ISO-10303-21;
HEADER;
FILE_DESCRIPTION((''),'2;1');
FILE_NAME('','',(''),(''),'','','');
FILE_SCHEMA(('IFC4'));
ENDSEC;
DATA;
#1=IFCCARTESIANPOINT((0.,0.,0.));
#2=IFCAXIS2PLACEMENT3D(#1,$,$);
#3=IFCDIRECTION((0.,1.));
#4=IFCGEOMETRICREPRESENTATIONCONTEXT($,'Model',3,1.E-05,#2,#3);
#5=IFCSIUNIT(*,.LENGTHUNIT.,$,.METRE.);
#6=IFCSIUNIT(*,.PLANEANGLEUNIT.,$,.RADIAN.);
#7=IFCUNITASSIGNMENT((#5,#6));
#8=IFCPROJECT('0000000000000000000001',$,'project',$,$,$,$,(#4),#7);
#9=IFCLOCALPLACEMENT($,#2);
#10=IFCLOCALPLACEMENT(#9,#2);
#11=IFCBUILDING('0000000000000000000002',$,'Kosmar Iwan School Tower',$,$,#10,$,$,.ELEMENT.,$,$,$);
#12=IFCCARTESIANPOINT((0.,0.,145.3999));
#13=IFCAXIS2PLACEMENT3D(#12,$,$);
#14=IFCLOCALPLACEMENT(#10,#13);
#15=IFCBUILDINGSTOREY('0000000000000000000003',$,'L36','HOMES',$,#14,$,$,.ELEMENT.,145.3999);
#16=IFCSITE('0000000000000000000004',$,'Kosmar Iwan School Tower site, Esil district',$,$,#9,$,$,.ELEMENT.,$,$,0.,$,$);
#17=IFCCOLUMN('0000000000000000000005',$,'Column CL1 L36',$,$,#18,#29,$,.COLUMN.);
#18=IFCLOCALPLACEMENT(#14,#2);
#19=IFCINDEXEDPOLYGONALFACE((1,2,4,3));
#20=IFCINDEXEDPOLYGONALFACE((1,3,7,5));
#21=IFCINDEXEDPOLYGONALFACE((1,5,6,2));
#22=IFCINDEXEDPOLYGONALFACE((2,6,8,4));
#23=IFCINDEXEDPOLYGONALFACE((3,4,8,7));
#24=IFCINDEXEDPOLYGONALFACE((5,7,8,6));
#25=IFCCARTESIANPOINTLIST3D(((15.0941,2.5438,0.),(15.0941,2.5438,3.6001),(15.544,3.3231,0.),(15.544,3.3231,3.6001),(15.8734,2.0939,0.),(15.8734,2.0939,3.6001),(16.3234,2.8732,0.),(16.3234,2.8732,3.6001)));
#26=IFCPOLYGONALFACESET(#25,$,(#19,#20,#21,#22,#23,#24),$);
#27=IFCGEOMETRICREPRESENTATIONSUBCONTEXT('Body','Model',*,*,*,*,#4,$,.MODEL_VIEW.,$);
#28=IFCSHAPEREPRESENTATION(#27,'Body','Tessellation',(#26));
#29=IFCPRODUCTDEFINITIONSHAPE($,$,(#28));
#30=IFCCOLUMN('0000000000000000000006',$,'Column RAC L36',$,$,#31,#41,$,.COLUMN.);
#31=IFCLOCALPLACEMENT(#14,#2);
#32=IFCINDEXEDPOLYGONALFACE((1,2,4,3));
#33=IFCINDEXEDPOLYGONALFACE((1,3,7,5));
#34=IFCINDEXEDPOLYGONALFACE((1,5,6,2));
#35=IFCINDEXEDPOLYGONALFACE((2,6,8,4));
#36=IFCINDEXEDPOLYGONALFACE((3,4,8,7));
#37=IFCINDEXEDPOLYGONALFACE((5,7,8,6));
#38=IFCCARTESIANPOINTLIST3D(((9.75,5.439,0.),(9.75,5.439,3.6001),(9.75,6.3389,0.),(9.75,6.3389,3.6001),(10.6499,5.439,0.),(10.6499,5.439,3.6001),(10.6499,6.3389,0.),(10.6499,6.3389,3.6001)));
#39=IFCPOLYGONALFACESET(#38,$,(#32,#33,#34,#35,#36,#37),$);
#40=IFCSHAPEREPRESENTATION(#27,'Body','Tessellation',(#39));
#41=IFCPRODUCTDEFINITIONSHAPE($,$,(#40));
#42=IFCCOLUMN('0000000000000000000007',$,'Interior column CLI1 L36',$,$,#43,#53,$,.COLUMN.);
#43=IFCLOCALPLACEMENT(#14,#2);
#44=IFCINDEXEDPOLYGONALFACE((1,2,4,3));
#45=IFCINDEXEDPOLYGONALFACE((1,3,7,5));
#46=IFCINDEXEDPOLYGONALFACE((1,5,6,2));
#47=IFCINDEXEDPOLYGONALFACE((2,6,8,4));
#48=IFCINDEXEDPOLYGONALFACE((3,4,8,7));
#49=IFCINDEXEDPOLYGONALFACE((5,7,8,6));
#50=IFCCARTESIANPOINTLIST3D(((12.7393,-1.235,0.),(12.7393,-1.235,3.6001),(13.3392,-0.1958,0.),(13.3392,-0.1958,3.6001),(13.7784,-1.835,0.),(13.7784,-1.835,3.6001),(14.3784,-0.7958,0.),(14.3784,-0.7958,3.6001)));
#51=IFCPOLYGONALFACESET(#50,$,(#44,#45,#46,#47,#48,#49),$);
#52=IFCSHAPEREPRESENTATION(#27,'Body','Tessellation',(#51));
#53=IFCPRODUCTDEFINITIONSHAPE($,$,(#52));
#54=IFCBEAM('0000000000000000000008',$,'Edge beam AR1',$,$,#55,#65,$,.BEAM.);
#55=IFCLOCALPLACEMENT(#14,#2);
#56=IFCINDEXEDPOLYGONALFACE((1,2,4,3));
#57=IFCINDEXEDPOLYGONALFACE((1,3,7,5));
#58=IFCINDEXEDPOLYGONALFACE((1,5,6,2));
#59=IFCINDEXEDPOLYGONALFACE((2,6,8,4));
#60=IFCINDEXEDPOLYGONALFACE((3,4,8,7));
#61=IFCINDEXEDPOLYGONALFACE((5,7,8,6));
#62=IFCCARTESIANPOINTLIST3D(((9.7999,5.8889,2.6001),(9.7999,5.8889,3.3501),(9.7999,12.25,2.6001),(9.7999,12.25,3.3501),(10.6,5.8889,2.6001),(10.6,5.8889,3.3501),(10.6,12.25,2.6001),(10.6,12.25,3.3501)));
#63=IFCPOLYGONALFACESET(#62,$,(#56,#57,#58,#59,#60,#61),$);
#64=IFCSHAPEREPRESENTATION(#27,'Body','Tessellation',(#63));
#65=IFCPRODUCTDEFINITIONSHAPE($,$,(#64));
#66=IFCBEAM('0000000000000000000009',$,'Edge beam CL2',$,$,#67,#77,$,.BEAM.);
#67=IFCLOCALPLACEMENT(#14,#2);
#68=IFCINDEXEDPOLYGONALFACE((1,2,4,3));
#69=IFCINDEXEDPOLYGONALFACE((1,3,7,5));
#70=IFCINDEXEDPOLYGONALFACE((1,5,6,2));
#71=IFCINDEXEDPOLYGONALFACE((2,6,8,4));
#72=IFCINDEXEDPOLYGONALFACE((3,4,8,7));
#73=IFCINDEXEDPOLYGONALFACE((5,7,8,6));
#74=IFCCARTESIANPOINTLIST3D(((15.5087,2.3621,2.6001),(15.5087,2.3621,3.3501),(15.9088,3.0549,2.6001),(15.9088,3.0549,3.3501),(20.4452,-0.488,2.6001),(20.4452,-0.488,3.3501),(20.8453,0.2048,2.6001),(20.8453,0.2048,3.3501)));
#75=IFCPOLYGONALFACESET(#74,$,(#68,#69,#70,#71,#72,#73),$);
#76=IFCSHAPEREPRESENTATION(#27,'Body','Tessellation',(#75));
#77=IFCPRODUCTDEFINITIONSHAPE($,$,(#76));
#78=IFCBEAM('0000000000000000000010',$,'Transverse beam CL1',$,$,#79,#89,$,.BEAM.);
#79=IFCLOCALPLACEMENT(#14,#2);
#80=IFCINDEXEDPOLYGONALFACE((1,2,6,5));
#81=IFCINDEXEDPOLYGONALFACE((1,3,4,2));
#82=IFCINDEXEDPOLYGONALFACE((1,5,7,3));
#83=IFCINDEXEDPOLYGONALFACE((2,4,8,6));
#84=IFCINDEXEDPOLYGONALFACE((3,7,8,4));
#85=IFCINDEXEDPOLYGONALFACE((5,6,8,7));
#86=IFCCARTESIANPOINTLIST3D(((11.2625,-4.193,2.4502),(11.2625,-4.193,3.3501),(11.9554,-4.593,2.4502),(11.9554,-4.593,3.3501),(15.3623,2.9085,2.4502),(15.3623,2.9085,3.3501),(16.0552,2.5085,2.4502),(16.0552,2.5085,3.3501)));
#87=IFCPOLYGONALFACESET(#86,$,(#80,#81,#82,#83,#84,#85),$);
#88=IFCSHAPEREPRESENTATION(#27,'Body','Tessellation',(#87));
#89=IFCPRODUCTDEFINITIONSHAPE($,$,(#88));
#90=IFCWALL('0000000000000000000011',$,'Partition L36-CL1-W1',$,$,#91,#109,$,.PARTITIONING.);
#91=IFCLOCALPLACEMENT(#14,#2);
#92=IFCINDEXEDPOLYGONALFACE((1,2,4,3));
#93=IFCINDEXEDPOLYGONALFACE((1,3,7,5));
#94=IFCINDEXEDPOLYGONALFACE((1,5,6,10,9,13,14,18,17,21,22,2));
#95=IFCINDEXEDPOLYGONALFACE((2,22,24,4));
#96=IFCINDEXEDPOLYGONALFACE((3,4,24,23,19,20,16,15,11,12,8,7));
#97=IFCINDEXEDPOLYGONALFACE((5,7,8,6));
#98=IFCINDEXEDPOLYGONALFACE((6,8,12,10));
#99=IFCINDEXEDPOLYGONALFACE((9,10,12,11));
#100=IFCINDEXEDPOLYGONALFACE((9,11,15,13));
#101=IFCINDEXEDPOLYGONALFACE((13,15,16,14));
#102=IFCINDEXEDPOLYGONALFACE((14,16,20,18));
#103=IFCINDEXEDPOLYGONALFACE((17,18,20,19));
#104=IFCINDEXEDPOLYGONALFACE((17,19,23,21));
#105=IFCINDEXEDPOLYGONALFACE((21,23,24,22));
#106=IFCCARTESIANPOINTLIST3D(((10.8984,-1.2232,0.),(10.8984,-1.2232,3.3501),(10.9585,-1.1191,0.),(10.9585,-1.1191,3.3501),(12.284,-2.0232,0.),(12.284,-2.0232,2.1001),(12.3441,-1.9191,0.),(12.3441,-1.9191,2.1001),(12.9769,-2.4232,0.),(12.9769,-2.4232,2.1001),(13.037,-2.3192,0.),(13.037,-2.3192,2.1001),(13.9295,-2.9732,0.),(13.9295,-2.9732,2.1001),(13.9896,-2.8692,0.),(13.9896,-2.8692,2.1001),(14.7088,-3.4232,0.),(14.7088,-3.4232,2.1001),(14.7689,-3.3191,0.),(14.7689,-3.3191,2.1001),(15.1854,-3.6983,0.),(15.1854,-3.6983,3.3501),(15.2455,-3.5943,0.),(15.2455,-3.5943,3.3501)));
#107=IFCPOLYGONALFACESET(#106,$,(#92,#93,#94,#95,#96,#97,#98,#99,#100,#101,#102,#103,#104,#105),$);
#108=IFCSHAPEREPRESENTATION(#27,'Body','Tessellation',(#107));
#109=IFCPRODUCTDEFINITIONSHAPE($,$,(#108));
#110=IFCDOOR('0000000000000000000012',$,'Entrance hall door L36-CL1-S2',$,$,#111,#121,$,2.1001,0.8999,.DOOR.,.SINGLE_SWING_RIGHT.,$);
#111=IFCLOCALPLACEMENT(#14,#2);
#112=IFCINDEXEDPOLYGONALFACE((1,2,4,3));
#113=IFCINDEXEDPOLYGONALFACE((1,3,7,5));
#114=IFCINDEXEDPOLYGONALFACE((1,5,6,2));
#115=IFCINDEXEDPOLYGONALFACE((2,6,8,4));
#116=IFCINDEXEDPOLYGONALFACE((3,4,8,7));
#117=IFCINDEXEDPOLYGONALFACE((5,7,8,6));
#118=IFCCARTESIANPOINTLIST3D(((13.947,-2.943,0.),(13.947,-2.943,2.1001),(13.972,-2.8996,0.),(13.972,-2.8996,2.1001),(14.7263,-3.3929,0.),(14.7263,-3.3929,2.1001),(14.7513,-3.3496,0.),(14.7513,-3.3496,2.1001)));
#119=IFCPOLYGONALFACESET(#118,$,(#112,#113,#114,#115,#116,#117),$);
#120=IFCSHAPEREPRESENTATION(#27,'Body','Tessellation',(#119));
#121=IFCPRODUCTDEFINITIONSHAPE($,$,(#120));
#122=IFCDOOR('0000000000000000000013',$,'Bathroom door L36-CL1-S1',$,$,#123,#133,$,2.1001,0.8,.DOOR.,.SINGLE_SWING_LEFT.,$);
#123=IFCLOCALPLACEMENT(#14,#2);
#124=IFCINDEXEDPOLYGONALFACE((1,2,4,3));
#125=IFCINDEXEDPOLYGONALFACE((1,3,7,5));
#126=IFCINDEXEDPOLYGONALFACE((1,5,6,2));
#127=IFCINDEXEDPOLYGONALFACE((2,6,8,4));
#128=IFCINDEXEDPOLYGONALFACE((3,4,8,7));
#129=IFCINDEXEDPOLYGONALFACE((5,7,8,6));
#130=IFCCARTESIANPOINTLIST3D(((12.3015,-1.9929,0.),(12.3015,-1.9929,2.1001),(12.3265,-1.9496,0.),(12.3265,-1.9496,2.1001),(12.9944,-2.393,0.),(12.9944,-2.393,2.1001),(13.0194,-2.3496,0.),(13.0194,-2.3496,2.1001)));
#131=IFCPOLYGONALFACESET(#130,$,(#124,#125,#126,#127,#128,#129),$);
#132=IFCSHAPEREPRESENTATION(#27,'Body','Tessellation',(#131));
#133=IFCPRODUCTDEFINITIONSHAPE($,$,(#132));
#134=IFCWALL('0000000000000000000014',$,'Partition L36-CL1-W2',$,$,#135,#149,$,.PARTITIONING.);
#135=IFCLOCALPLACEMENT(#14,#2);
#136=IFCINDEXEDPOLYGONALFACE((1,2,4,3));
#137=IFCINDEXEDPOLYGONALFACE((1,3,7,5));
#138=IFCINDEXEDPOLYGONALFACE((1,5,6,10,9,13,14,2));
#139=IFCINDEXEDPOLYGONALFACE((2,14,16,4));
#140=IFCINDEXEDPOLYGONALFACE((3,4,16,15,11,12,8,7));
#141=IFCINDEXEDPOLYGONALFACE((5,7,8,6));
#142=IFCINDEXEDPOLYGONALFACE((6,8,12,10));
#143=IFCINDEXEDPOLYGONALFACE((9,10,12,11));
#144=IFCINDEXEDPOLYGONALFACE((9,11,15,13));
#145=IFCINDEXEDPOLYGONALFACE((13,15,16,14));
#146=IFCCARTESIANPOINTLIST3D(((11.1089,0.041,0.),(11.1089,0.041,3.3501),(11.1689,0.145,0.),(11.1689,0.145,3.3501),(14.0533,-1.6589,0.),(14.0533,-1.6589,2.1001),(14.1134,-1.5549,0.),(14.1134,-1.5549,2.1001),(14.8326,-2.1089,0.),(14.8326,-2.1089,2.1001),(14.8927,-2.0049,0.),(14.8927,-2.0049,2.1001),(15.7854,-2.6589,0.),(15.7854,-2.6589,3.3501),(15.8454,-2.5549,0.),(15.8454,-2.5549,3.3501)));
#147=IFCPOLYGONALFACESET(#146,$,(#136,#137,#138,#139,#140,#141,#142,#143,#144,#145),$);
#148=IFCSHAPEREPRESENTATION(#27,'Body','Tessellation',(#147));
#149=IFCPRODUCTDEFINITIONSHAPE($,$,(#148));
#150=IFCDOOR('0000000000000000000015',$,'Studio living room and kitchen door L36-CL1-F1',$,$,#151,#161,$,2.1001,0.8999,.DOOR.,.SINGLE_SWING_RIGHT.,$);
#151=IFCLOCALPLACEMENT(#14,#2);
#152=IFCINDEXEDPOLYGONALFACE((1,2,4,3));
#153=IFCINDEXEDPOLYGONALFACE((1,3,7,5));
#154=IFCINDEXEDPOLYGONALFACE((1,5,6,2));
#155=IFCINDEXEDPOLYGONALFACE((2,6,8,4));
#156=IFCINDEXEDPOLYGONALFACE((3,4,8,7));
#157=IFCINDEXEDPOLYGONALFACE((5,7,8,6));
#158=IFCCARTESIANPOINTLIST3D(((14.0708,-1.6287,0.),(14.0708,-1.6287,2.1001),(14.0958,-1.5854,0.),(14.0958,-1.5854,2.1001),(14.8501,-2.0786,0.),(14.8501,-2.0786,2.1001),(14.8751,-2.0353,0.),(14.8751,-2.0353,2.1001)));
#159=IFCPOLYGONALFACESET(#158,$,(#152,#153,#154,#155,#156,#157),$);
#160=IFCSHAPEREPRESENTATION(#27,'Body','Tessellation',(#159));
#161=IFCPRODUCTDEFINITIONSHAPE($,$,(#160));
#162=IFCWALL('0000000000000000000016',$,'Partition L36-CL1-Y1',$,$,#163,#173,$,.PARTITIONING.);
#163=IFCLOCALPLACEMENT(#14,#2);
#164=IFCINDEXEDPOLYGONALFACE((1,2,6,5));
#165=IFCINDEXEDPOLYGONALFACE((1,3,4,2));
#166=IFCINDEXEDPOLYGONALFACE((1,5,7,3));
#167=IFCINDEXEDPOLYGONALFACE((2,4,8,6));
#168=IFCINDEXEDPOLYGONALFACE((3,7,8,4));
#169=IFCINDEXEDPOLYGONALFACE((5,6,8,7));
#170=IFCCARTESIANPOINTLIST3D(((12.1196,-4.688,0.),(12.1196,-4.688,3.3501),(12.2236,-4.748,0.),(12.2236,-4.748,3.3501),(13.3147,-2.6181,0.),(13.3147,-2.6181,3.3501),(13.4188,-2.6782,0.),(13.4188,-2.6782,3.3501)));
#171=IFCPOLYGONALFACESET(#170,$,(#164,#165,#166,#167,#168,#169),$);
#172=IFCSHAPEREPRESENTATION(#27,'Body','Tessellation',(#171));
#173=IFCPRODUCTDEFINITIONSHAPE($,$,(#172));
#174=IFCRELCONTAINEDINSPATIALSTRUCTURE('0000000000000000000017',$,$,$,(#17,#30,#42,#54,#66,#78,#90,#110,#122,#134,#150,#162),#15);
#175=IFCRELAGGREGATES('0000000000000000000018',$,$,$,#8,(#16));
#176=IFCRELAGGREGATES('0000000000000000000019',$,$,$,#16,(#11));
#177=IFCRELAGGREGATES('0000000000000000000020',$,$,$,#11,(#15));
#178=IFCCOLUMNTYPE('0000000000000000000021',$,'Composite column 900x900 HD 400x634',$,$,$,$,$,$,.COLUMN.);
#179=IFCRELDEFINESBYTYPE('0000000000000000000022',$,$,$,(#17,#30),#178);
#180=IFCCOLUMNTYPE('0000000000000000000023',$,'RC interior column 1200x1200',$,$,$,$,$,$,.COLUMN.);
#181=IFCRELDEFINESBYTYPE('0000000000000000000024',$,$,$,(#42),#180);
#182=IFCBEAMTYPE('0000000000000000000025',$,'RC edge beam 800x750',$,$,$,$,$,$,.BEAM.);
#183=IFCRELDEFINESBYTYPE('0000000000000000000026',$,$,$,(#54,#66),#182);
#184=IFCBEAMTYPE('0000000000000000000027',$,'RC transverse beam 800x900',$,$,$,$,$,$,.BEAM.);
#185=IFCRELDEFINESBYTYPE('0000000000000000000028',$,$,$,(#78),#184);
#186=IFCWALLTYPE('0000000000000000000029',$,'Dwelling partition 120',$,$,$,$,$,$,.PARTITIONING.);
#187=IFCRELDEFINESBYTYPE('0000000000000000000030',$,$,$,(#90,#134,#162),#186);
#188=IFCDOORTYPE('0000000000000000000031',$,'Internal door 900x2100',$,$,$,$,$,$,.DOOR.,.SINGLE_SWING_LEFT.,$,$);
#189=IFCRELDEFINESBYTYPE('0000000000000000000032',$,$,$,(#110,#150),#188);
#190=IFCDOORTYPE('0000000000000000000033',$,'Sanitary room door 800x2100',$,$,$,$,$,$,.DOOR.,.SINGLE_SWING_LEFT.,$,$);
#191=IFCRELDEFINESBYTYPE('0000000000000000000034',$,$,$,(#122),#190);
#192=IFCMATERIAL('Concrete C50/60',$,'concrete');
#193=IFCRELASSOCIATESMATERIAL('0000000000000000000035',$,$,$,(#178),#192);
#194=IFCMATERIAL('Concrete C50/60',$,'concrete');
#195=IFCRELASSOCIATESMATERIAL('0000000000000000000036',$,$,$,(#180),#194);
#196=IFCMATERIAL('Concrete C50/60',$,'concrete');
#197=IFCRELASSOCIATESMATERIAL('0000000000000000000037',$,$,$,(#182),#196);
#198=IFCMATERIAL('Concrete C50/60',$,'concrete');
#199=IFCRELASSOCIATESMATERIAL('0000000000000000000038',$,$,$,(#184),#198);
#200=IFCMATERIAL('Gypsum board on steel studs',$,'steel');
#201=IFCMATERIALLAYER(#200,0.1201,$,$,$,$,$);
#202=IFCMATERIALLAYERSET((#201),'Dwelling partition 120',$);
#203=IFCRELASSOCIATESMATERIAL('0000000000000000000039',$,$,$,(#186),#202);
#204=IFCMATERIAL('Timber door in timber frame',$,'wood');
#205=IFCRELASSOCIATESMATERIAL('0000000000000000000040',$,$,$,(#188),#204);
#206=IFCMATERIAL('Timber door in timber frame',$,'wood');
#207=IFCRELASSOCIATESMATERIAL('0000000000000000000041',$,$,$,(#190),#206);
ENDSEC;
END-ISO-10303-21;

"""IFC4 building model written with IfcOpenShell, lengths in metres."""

from ifc_helpers import new_model, si_unit, direction, frame, frame_2d, origin, origin_2d, place, context, subcontext, project, spatial, rectangle, extrude, material, layer, layer_set, material_profile, profile_set, type_object, element, fill, save


model = new_model("IFC4")

# Units and contexts
model_context = context("Model", 3, precision=1e-05, world=origin(), true_north=direction((0.0, 1.0)))
body_context = subcontext(model_context, "Body", "Model", "MODEL_VIEW")
ifc_project = project(units=[si_unit("LENGTHUNIT", "METRE"), si_unit("PLANEANGLEUNIT", "RADIAN")], contexts=[model_context])

# Site, building, storey
site_placement = place(None, origin())
site = spatial("IfcSite", under=ifc_project, at=site_placement, Name="Kosmar Iwan School Tower site, Esil district", CompositionType="ELEMENT", RefElevation=0.0)
building_placement = place(site_placement, origin())
building = spatial("IfcBuilding", under=site, at=building_placement, Name="Kosmar Iwan School Tower", CompositionType="ELEMENT")
storey_placement = place(building_placement, frame((0.0, 0.0, 145.3999)))
storey = spatial("IfcBuildingStorey", under=building, at=storey_placement, Name="L36", Description="HOMES", CompositionType="ELEMENT", Elevation=145.3999)

# Columns
ifc_material_1 = material(Name="Concrete C50/60", Category="concrete")
ifc_material_profile_1 = material_profile(ifc_material_1, rectangle(XDim=0.8999, YDim=0.8999, at=origin_2d()), Name="RC 900x900 + HD 400x634")
ifc_profile_set_1 = profile_set([ifc_material_profile_1], Name="Concrete C50/60")
column_type_1 = type_object("IfcColumnType", Name="Composite column 900x900 HD 400x634", PredefinedType="COLUMN", material=ifc_profile_set_1)
for number, where, z_axis, x_axis, name in (
    (1, (15.7087, 2.7085, 0.0), (0.0, 0.0, 1.0), (0.866025, -0.5, 0.0), "Column CL1 L36"),
    (2, (10.2, 5.8889, 0.0), (0.0, 0.0, 1.0), (1.0, 0.0, 0.0), "Column RAC L36"),
):
    element("IfcColumn", number, at=place(storey_placement, frame(where, z_axis=z_axis, x_axis=x_axis)), inside=storey, type_object=column_type_1, Name=name, PredefinedType="COLUMN", context=body_context, shape_type="SweptSolid", body=[
        extrude(rectangle(XDim=0.8999, YDim=0.8999, at=origin_2d()), origin(), (0.0, 0.0, 1.0), 3.6001),
    ])
ifc_material_2 = material(Name="Concrete C50/60", Category="concrete")
ifc_material_profile_2 = material_profile(ifc_material_2, rectangle(XDim=1.2, YDim=1.2, at=origin_2d()), Name="RC 1200x1200")
ifc_profile_set_2 = profile_set([ifc_material_profile_2], Name="Concrete C50/60")
column_type_2 = type_object("IfcColumnType", Name="RC interior column 1200x1200", PredefinedType="COLUMN", material=ifc_profile_set_2)
column_placement = place(storey_placement, frame((13.5588, -1.0154, 0.0), z_axis=(0.0, 0.0, 1.0), x_axis=(0.866025, -0.5, 0.0)))
element("IfcColumn", 3, at=column_placement, inside=storey, type_object=column_type_2, Name="Interior column CLI1 L36", PredefinedType="COLUMN", context=body_context, shape_type="SweptSolid", body=[
    extrude(rectangle(XDim=1.2, YDim=1.2, at=origin_2d()), origin(), (0.0, 0.0, 1.0), 3.6001),
])

# Beams
ifc_material_3 = material(Name="Concrete C50/60", Category="concrete")
ifc_material_profile_3 = material_profile(ifc_material_3, rectangle(XDim=0.8, YDim=0.75, at=origin_2d()), Name="RC 800x750")
ifc_profile_set_3 = profile_set([ifc_material_profile_3], Name="Concrete C50/60")
beam_type_1 = type_object("IfcBeamType", Name="RC edge beam 800x750", PredefinedType="BEAM", material=ifc_profile_set_3)
beam_1_placement = place(storey_placement, frame((10.2, 5.8889, 2.9751), z_axis=(0.0, 1.0, 0.0), x_axis=(-1.0, 0.0, 0.0)))
element("IfcBeam", 4, at=beam_1_placement, inside=storey, type_object=beam_type_1, Name="Edge beam AR1", PredefinedType="BEAM", context=body_context, shape_type="SweptSolid", body=[
    extrude(rectangle(XDim=0.8, YDim=0.75, at=origin_2d()), origin(), (0.0, 0.0, 1.0), 6.3611),
])
beam_2_placement = place(storey_placement, frame((15.7087, 2.7085, 2.9751), z_axis=(0.866026, -0.499999, 0.0), x_axis=(0.499999, 0.866026, 0.0)))
element("IfcBeam", 5, at=beam_2_placement, inside=storey, type_object=beam_type_1, Name="Edge beam CL2", PredefinedType="BEAM", context=body_context, shape_type="SweptSolid", body=[
    extrude(rectangle(XDim=0.8, YDim=0.75, at=origin_2d()), origin(), (0.0, 0.0, 1.0), 5.7002),
])
ifc_material_4 = material(Name="Concrete C50/60", Category="concrete")
ifc_material_profile_4 = material_profile(ifc_material_4, rectangle(XDim=0.8, YDim=0.8999, at=origin_2d()), Name="RC 800x900")
ifc_profile_set_4 = profile_set([ifc_material_profile_4], Name="Concrete C50/60")
beam_type_2 = type_object("IfcBeamType", Name="RC transverse beam 800x900", PredefinedType="BEAM", material=ifc_profile_set_4)
beam_3_placement = place(storey_placement, frame((15.7087, 2.7085, 2.9001), z_axis=(-0.499978, -0.866038, 0.0), x_axis=(0.866038, -0.499978, 0.0)))
element("IfcBeam", 6, at=beam_3_placement, inside=storey, type_object=beam_type_2, Name="Transverse beam CL1", PredefinedType="BEAM", context=body_context, shape_type="SweptSolid", body=[
    extrude(rectangle(XDim=0.8, YDim=0.8999, at=origin_2d()), origin(), (0.0, 0.0, 1.0), 8.2),
])

# Wall, openings, doors
ifc_material_5 = material(Name="Gypsum board on steel studs", Category="steel")
ifc_layer_1 = layer(ifc_material_5, 0.1201)
ifc_layer_set_1 = layer_set([ifc_layer_1], Name="Dwelling partition 120")
wall_type_1 = type_object("IfcWallType", Name="Dwelling partition 120", PredefinedType="PARTITIONING", material=ifc_layer_set_1)
wall_1_placement = place(storey_placement, frame((10.9285, -1.1711, 0.0), z_axis=(0.0, 0.0, 1.0), x_axis=(0.866019, -0.500011, 0.0)))
wall_1 = element("IfcWall", 7, at=wall_1_placement, inside=storey, type_object=wall_type_1, Name="Partition L36-CL1-W1", PredefinedType="PARTITIONING", context=body_context, shape_type="SweptSolid", body=[
    extrude(rectangle(XDim=4.9502, YDim=0.1201, at=frame_2d((2.4751, 0.0))), origin(), (0.0, 0.0, 1.0), 3.3501),
])
opening_1_placement = place(wall_1_placement, frame((1.6001, 0.0, 0.0)))
opening_1 = element("IfcOpeningElement", 8, at=opening_1_placement, cuts=wall_1, PredefinedType="OPENING", context=body_context, shape_type="SweptSolid", body=[
    extrude(rectangle(XDim=0.8, YDim=2.1001, at=frame_2d((0.3999, 1.05))), frame((0.0, 0.072, 0.0), z_axis=(0.0, -1.0, 0.0), x_axis=(1.0, 0.0, 0.0)), (0.0, 0.0, 1.0), 0.144),
])
opening_2_placement = place(wall_1_placement, frame((3.5, 0.0, 0.0)))
opening_2 = element("IfcOpeningElement", 9, at=opening_2_placement, cuts=wall_1, PredefinedType="OPENING", context=body_context, shape_type="SweptSolid", body=[
    extrude(rectangle(XDim=0.8999, YDim=2.1001, at=frame_2d((0.45, 1.05))), frame((0.0, 0.072, 0.0), z_axis=(0.0, -1.0, 0.0), x_axis=(1.0, 0.0, 0.0)), (0.0, 0.0, 1.0), 0.144),
])
ifc_material_6 = material(Name="Timber door in timber frame", Category="wood")
door_type_1 = type_object("IfcDoorType", Name="Internal door 900x2100", OperationType="SINGLE_SWING_LEFT", PredefinedType="DOOR", material=ifc_material_6)
door_1_placement = place(opening_2_placement, origin())
door_1 = element("IfcDoor", 10, at=door_1_placement, inside=storey, type_object=door_type_1, Name="Entrance hall door L36-CL1-S2", OperationType="SINGLE_SWING_RIGHT", OverallHeight=2.1001, OverallWidth=0.8999, PredefinedType="DOOR", context=body_context, shape_type="SweptSolid", body=[
    extrude(rectangle(XDim=0.8999, YDim=2.1001, at=frame_2d((0.45, 1.05))), frame((0.0, 0.0249, 0.0), z_axis=(0.0, -1.0, 0.0), x_axis=(1.0, 0.0, 0.0)), (0.0, 0.0, 1.0), 0.05),
])
fill(opening_2, door_1)
ifc_material_7 = material(Name="Timber door in timber frame", Category="wood")
door_type_2 = type_object("IfcDoorType", Name="Sanitary room door 800x2100", OperationType="SINGLE_SWING_LEFT", PredefinedType="DOOR", material=ifc_material_7)
door_2_placement = place(opening_1_placement, origin())
door_2 = element("IfcDoor", 11, at=door_2_placement, inside=storey, type_object=door_type_2, Name="Bathroom door L36-CL1-S1", OperationType="SINGLE_SWING_LEFT", OverallHeight=2.1001, OverallWidth=0.8, PredefinedType="DOOR", context=body_context, shape_type="SweptSolid", body=[
    extrude(rectangle(XDim=0.8, YDim=2.1001, at=frame_2d((0.3999, 1.05))), frame((0.0, 0.0249, 0.0), z_axis=(0.0, -1.0, 0.0), x_axis=(1.0, 0.0, 0.0)), (0.0, 0.0, 1.0), 0.05),
])
fill(opening_1, door_2)

# Wall, opening, door
wall_2_placement = place(storey_placement, frame((11.1389, 0.093, 0.0), z_axis=(0.0, 0.0, 1.0), x_axis=(0.866028, -0.499995, 0.0)))
wall_2 = element("IfcWall", 12, at=wall_2_placement, inside=storey, type_object=wall_type_1, Name="Partition L36-CL1-W2", PredefinedType="PARTITIONING", context=body_context, shape_type="SweptSolid", body=[
    extrude(rectangle(XDim=5.3999, YDim=0.1201, at=frame_2d((2.7, 0.0))), origin(), (0.0, 0.0, 1.0), 3.3501),
])
opening_3_placement = place(wall_2_placement, frame((3.3999, 0.0, 0.0)))
opening_3 = element("IfcOpeningElement", 13, at=opening_3_placement, cuts=wall_2, PredefinedType="OPENING", context=body_context, shape_type="SweptSolid", body=[
    extrude(rectangle(XDim=0.8999, YDim=2.1001, at=frame_2d((0.45, 1.05))), frame((0.0, 0.072, 0.0), z_axis=(0.0, -1.0, 0.0), x_axis=(1.0, 0.0, 0.0)), (0.0, 0.0, 1.0), 0.144),
])
door_3_placement = place(opening_3_placement, origin())
door_3 = element("IfcDoor", 14, at=door_3_placement, inside=storey, type_object=door_type_1, Name="Studio living room and kitchen door L36-CL1-F1", OperationType="SINGLE_SWING_RIGHT", OverallHeight=2.1001, OverallWidth=0.8999, PredefinedType="DOOR", context=body_context, shape_type="SweptSolid", body=[
    extrude(rectangle(XDim=0.8999, YDim=2.1001, at=frame_2d((0.45, 1.05))), frame((0.0, 0.0249, 0.0), z_axis=(0.0, -1.0, 0.0), x_axis=(1.0, 0.0, 0.0)), (0.0, 0.0, 1.0), 0.05),
])
fill(opening_3, door_3)

# Wall
wall_3_placement = place(storey_placement, frame((12.1716, -4.718, 0.0), z_axis=(0.0, 0.0, 1.0), x_axis=(0.500017, 0.866015, 0.0)))
element("IfcWall", 15, at=wall_3_placement, inside=storey, type_object=wall_type_1, Name="Partition L36-CL1-Y1", PredefinedType="PARTITIONING", context=body_context, shape_type="SweptSolid", body=[
    extrude(rectangle(XDim=2.3901, YDim=0.1201, at=frame_2d((1.1951, 0.0))), origin(), (0.0, 0.0, 1.0), 3.3501),
])

save(model, "model.ifc")
